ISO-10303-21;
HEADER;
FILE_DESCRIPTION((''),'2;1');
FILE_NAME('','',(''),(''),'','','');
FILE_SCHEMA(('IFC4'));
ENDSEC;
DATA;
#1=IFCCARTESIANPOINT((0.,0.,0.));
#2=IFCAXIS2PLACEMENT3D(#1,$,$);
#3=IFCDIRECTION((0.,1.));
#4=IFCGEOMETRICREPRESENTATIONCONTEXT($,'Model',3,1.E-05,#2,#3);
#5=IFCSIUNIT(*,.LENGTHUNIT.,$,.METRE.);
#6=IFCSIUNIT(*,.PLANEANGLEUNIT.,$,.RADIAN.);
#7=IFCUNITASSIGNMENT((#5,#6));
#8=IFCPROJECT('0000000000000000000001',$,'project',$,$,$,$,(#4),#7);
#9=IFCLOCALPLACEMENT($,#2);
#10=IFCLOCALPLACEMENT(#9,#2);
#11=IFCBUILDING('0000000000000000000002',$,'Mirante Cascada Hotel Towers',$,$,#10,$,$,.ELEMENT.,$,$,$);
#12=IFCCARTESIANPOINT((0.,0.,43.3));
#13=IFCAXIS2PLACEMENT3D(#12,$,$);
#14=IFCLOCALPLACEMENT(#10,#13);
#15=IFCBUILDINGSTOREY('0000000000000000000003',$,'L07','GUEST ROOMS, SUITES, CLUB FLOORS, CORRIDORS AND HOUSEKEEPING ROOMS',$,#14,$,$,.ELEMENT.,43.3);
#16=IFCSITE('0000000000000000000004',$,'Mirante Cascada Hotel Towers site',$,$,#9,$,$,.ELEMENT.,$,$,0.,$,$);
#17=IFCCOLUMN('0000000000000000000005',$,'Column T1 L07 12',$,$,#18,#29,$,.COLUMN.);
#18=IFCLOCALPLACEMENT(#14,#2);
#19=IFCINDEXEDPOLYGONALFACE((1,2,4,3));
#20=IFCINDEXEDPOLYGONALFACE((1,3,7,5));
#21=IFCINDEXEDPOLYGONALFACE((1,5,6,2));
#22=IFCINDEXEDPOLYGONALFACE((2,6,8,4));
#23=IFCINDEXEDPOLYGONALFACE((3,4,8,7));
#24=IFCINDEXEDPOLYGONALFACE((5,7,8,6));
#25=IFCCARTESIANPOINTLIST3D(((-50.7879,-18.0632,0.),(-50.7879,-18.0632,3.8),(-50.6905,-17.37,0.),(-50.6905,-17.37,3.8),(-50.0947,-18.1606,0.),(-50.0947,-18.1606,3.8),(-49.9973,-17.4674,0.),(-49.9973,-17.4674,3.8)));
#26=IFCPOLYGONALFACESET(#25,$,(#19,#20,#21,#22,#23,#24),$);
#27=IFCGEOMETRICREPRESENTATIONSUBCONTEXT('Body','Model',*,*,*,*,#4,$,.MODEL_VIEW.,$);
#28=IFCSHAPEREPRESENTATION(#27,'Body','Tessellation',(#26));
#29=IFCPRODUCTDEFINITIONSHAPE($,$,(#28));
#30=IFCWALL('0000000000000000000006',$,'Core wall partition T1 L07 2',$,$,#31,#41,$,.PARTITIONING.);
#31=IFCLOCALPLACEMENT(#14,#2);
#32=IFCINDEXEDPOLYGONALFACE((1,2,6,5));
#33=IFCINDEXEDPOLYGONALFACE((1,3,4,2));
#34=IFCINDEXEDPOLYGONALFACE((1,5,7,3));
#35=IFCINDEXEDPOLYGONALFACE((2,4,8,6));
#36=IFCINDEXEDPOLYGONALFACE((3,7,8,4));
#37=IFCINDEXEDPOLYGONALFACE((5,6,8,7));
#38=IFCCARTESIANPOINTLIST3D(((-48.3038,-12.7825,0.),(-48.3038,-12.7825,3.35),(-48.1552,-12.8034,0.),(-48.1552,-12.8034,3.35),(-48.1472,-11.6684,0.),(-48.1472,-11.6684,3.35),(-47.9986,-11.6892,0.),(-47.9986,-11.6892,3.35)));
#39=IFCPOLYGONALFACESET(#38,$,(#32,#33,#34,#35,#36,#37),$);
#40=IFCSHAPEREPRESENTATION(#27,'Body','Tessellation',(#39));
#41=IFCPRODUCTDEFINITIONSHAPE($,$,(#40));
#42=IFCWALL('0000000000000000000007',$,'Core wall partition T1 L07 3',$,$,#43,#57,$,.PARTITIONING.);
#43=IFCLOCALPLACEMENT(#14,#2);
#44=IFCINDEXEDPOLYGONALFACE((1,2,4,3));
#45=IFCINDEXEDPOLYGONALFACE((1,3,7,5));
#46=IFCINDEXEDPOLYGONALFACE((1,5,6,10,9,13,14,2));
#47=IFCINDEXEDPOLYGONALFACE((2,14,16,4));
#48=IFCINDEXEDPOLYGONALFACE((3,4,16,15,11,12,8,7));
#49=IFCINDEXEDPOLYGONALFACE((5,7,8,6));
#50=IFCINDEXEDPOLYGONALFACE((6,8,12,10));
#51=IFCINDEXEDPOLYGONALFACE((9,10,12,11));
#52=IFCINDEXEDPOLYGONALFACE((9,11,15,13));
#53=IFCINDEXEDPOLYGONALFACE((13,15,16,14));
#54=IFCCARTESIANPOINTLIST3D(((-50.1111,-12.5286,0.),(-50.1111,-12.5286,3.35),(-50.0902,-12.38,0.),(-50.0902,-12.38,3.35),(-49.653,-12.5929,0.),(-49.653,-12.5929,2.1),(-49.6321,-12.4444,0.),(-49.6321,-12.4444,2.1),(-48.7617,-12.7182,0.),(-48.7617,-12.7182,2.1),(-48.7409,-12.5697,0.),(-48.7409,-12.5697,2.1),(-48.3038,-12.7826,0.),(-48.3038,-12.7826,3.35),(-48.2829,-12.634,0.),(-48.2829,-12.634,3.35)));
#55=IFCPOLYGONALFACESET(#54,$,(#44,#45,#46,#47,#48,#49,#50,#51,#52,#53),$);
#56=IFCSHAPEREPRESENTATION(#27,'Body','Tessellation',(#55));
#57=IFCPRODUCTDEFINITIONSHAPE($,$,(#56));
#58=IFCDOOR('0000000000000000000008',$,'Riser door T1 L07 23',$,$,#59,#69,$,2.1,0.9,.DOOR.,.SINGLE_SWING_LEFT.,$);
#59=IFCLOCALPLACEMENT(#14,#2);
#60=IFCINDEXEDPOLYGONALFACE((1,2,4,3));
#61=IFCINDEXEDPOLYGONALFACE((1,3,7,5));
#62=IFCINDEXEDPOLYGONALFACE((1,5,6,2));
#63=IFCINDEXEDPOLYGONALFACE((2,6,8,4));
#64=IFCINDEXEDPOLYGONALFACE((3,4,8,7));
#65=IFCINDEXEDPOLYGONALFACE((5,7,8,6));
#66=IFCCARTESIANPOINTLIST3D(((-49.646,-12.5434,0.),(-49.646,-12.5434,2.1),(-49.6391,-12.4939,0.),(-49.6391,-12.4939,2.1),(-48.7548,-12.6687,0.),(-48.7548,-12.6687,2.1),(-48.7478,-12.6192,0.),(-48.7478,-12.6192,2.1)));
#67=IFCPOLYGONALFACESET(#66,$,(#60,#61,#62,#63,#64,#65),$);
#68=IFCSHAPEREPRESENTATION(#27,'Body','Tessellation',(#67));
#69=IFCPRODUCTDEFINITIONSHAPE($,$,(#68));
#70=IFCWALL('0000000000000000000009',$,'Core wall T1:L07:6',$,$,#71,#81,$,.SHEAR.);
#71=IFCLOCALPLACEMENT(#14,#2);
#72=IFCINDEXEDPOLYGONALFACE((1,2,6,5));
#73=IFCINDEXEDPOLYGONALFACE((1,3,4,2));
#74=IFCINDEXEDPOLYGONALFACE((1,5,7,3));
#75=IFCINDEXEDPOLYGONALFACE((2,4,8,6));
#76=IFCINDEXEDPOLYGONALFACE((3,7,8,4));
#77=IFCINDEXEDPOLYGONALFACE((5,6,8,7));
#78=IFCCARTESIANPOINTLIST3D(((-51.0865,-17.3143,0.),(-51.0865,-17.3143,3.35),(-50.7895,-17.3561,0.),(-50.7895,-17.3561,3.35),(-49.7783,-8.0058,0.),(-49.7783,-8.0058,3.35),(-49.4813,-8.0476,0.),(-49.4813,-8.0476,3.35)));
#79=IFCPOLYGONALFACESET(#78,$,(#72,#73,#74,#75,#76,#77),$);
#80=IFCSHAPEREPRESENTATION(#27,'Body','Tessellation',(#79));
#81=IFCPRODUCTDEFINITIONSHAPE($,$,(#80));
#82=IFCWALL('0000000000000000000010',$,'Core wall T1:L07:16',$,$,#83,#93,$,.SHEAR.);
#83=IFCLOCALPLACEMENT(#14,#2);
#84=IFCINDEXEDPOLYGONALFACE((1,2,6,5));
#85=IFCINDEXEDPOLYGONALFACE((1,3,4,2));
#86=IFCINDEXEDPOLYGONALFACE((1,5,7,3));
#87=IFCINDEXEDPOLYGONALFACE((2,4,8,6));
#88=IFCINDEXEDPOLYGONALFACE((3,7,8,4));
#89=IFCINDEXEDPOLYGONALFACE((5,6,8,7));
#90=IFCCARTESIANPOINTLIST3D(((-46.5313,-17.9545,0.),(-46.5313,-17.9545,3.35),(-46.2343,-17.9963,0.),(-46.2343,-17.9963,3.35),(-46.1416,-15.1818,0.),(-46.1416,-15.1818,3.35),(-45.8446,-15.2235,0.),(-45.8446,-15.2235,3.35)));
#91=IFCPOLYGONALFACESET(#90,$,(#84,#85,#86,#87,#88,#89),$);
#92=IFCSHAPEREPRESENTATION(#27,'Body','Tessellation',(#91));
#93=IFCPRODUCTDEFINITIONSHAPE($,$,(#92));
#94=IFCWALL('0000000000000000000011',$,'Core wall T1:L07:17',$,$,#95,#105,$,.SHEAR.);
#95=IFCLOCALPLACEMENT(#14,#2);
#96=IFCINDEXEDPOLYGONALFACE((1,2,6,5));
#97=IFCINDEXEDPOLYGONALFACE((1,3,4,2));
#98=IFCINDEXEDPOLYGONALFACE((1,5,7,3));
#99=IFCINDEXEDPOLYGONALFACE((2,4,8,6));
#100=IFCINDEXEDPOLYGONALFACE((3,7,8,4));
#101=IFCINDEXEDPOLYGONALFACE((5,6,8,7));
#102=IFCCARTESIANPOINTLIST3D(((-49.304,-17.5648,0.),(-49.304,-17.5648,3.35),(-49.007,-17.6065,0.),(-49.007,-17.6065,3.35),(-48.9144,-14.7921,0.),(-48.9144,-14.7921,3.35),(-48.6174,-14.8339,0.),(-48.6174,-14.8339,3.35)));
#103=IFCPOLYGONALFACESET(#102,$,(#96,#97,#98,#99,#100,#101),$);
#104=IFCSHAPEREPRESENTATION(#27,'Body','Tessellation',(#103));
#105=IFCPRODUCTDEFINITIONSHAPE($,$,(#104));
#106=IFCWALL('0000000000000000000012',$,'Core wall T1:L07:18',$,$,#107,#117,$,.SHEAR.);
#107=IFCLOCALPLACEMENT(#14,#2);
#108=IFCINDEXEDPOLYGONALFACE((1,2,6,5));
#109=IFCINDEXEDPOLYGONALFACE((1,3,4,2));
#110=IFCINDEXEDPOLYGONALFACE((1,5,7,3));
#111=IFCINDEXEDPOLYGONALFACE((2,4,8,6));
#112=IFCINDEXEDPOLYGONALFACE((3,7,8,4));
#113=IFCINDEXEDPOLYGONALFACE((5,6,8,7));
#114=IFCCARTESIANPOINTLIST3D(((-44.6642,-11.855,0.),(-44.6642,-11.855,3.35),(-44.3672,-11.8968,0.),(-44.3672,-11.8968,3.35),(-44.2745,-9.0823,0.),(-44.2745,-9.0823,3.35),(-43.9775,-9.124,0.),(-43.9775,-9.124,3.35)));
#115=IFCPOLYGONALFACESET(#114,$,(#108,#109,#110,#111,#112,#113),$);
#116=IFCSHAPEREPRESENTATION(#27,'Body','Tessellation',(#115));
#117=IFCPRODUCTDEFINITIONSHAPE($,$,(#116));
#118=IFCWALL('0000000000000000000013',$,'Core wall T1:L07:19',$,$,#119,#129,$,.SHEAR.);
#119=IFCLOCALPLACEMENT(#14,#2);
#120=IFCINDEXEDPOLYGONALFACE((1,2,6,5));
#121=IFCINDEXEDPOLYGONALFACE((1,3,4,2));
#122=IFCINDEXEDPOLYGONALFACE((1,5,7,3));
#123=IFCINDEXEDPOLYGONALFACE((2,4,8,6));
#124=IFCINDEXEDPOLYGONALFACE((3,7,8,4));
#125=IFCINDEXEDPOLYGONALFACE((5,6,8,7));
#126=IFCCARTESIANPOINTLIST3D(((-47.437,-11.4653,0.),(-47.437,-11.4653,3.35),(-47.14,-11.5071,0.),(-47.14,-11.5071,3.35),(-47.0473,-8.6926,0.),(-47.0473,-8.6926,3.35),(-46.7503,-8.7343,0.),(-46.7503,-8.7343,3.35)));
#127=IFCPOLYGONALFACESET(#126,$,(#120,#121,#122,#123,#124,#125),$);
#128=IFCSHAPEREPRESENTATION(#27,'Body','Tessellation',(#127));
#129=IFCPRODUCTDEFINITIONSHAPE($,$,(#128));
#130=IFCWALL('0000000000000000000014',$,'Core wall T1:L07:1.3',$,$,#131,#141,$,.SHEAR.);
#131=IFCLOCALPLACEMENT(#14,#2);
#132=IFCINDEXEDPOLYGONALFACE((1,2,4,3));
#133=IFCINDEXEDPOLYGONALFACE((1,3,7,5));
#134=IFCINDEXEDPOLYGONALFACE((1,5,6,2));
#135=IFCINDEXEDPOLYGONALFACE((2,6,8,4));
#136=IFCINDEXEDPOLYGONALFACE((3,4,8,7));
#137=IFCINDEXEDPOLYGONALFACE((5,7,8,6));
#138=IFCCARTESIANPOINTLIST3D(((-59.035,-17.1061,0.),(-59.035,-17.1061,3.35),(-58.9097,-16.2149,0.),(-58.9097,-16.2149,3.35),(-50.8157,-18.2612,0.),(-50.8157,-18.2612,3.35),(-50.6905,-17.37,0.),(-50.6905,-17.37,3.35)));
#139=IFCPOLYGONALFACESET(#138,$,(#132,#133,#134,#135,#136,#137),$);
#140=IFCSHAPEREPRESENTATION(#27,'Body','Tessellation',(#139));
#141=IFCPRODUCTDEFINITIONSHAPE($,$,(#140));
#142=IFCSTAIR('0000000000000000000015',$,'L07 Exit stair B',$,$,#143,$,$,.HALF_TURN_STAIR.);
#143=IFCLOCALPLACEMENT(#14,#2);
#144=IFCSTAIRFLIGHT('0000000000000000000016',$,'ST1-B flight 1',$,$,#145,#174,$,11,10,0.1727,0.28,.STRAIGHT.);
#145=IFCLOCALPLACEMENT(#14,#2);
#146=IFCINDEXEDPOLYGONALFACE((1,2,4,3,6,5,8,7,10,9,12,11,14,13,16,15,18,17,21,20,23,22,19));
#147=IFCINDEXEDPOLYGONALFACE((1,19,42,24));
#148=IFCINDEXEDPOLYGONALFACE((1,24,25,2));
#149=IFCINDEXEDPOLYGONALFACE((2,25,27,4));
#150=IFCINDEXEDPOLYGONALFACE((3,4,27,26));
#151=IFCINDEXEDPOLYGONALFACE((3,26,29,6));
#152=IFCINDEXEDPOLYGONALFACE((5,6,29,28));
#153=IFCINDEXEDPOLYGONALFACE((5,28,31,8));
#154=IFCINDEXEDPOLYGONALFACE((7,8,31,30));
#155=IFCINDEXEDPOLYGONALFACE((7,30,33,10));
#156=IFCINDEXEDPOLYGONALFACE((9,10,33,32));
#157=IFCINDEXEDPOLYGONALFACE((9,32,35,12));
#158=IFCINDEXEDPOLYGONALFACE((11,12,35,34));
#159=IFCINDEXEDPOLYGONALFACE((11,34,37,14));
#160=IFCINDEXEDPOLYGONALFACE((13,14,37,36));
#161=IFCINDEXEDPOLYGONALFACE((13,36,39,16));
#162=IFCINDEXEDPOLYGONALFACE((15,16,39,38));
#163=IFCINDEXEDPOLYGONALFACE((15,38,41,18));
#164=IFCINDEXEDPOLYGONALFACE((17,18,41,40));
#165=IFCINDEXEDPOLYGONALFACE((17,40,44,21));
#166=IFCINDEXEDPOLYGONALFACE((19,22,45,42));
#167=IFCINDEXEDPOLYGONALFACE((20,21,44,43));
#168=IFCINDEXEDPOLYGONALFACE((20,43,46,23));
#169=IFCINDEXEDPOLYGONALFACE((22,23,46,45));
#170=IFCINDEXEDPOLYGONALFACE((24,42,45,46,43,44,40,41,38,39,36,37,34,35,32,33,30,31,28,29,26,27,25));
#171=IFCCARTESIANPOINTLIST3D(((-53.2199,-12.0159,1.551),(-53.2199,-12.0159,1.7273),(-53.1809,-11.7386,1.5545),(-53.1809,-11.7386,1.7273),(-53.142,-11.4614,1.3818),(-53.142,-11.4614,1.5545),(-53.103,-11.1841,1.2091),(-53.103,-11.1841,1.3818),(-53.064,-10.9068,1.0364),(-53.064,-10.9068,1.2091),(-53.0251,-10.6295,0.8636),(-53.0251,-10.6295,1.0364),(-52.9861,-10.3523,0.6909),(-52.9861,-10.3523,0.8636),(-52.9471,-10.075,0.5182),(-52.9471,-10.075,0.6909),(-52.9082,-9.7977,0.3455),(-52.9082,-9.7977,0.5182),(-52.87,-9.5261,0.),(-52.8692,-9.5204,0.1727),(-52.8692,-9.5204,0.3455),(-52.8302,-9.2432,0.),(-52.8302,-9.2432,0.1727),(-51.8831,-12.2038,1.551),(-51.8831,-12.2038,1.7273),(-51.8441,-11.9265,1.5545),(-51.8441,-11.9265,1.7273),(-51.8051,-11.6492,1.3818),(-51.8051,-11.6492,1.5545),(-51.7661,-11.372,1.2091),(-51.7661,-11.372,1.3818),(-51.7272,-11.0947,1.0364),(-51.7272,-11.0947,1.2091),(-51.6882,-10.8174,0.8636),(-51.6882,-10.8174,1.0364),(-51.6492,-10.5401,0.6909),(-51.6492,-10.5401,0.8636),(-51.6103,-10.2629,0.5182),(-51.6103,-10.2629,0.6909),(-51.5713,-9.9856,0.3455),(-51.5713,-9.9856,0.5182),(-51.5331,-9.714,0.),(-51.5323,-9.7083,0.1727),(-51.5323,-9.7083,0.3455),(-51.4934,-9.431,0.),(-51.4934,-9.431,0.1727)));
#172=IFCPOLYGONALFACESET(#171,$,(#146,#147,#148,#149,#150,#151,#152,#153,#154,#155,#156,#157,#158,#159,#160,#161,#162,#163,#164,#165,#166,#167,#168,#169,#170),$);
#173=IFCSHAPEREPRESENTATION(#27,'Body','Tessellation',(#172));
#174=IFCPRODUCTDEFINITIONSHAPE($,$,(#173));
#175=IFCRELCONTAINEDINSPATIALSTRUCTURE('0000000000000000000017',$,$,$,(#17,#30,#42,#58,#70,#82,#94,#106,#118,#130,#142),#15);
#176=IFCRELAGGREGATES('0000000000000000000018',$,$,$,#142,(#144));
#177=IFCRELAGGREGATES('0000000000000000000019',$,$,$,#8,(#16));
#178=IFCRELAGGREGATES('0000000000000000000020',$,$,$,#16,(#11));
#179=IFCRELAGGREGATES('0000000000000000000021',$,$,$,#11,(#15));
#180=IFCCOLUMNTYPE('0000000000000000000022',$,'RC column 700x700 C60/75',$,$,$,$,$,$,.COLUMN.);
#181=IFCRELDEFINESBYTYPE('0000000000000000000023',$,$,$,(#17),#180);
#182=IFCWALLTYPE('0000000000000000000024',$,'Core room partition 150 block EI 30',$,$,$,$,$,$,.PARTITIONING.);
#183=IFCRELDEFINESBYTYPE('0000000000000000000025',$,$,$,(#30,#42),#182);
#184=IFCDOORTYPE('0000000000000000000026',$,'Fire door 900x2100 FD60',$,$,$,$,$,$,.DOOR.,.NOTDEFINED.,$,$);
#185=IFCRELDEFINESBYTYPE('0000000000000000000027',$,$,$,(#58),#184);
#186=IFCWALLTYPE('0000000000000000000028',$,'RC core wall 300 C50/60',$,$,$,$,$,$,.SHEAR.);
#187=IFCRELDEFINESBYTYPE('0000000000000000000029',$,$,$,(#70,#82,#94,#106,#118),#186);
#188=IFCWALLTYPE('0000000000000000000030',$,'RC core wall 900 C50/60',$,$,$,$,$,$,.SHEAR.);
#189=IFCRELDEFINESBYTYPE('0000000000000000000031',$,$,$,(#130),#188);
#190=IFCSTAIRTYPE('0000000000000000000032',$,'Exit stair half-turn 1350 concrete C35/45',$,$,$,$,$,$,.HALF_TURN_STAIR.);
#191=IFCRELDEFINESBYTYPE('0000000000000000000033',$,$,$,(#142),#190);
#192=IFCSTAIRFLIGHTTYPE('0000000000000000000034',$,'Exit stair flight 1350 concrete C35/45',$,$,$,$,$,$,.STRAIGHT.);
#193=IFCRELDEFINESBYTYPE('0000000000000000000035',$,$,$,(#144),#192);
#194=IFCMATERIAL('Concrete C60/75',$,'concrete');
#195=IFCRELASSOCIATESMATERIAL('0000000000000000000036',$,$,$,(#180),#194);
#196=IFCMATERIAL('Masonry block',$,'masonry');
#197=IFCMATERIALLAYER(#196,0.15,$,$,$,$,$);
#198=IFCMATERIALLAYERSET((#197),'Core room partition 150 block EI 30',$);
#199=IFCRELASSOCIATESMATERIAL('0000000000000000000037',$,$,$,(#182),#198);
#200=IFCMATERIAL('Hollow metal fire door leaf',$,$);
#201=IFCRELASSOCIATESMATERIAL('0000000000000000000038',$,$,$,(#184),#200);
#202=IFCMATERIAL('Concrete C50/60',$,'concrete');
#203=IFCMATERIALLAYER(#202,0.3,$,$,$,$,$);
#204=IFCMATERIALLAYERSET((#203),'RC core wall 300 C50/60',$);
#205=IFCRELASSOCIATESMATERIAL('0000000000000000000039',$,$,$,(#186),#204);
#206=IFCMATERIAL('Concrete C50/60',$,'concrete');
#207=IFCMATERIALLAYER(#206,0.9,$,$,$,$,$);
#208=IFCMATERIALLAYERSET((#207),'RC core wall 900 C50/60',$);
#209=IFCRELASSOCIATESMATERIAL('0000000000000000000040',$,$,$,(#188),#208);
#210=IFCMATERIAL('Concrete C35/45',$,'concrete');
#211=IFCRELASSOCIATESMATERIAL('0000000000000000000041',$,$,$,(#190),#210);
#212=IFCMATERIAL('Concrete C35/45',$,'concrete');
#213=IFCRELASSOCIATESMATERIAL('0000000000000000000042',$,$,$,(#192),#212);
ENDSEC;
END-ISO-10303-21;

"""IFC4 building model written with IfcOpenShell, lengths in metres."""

from ifc_helpers import new_model, si_unit, direction, frame, frame_2d, origin, origin_2d, place, context, subcontext, project, spatial, polyline, rectangle, outline, extrude, material, layer, layer_set, material_profile, profile_set, type_object, element, fill, aggregate, save


model = new_model("IFC4")

# Units and contexts
model_context = context("Model", 3, precision=1e-05, world=origin(), true_north=direction((0.0, 1.0)))
body_context = subcontext(model_context, "Body", "Model", "MODEL_VIEW")
ifc_project = project(units=[si_unit("LENGTHUNIT", "METRE"), si_unit("PLANEANGLEUNIT", "RADIAN")], contexts=[model_context])

# Site, building, storey
site_placement = place(None, origin())
site = spatial("IfcSite", under=ifc_project, at=site_placement, Name="Mirante Cascada Hotel Towers site", CompositionType="ELEMENT", RefElevation=0.0)
building_placement = place(site_placement, origin())
building = spatial("IfcBuilding", under=site, at=building_placement, Name="Mirante Cascada Hotel Towers", CompositionType="ELEMENT")
storey_placement = place(building_placement, frame((0.0, 0.0, 43.3)))
storey = spatial("IfcBuildingStorey", under=building, at=storey_placement, Name="L07", Description="GUEST ROOMS, SUITES, CLUB FLOORS, CORRIDORS AND HOUSEKEEPING ROOMS", CompositionType="ELEMENT", Elevation=43.3)

# Column
ifc_material_1 = material(Name="Concrete C60/75", Category="concrete")
ifc_material_profile = material_profile(ifc_material_1, rectangle(XDim=0.7, YDim=0.7, at=origin_2d()), Name="RC column 700x700 C60/75")
ifc_profile_set = profile_set([ifc_material_profile], Name="Concrete C60/75")
column_type = type_object("IfcColumnType", Name="RC column 700x700 C60/75", PredefinedType="COLUMN", material=ifc_profile_set)
column_placement = place(storey_placement, frame((-50.3926, -17.7653, 0.0), z_axis=(0.0, 0.0, 1.0), x_axis=(-0.990268, 0.139173, 0.0)))
element("IfcColumn", 1, at=column_placement, inside=storey, type_object=column_type, Name="Column T1 L07 12", PredefinedType="COLUMN", context=body_context, shape_type="SweptSolid", body=[
    extrude(rectangle(XDim=0.7, YDim=0.7, at=origin_2d()), origin(), (0.0, 0.0, 1.0), 3.8),
])

# Wall
ifc_material_2 = material(Name="Masonry block", Category="masonry")
ifc_layer_1 = layer(ifc_material_2, 0.15)
ifc_layer_set_1 = layer_set([ifc_layer_1], Name="Core room partition 150 block EI 30")
wall_type_1 = type_object("IfcWallType", Name="Core room partition 150 block EI 30", PredefinedType="PARTITIONING", material=ifc_layer_set_1)
wall_1_placement = place(storey_placement, frame((-48.2295, -12.793, 0.0), z_axis=(0.0, 0.0, 1.0), x_axis=(0.139193, 0.990265, 0.0)))
element("IfcWall", 2, at=wall_1_placement, inside=storey, type_object=wall_type_1, Name="Core wall partition T1 L07 2", PredefinedType="PARTITIONING", context=body_context, shape_type="SweptSolid", body=[
    extrude(rectangle(XDim=1.1251, YDim=0.15, at=frame_2d((0.5626, 0.0))), origin(), (0.0, 0.0, 1.0), 3.35),
])

# Wall, opening, door
wall_2_placement = place(storey_placement, frame((-48.2933, -12.7083, 0.0), z_axis=(0.0, 0.0, 1.0), x_axis=(-0.990268, 0.139173, 0.0)))
wall_2 = element("IfcWall", 3, at=wall_2_placement, inside=storey, type_object=wall_type_1, Name="Core wall partition T1 L07 3", PredefinedType="PARTITIONING", context=body_context, shape_type="SweptSolid", body=[
    extrude(rectangle(XDim=1.8251, YDim=0.15, at=frame_2d((0.9126, 0.0))), origin(), (0.0, 0.0, 1.0), 3.35),
])
opening_1_placement = place(wall_2_placement, frame((0.4625, 0.0, 0.0)))
opening_1 = element("IfcOpeningElement", 4, at=opening_1_placement, cuts=wall_2, PredefinedType="OPENING", context=body_context, shape_type="SweptSolid", body=[
    extrude(rectangle(XDim=0.9, YDim=2.1, at=frame_2d((0.45, 1.05))), frame((0.0, 0.075, 0.0), z_axis=(0.0, -1.0, 0.0), x_axis=(1.0, 0.0, 0.0)), (0.0, 0.0, 1.0), 0.15),
])
ifc_material_3 = material(Name="Hollow metal fire door leaf")
door_type_1 = type_object("IfcDoorType", Name="Fire door 900x2100 FD60", OperationType="NOTDEFINED", PredefinedType="DOOR", material=ifc_material_3)
door_1_placement = place(opening_1_placement, origin())
door_1 = element("IfcDoor", 5, at=door_1_placement, inside=storey, type_object=door_type_1, Name="Riser door T1 L07 23", OperationType="SINGLE_SWING_LEFT", OverallHeight=2.1, OverallWidth=0.9, PredefinedType="DOOR", context=body_context, shape_type="SweptSolid", body=[
    extrude(rectangle(XDim=0.9, YDim=2.1, at=frame_2d((0.45, 1.05))), frame((0.0, 0.025, 0.0), z_axis=(0.0, -1.0, 0.0), x_axis=(1.0, 0.0, 0.0)), (0.0, 0.0, 1.0), 0.05),
])
fill(opening_1, door_1)

# Walls
ifc_material_4 = material(Name="Concrete C50/60", Category="concrete")
ifc_layer_2 = layer(ifc_material_4, 0.3)
ifc_layer_set_2 = layer_set([ifc_layer_2], Name="RC core wall 300 C50/60")
wall_type_2 = type_object("IfcWallType", Name="RC core wall 300 C50/60", PredefinedType="SHEAR", material=ifc_layer_set_2)
wall_3_placement = place(storey_placement, frame((-50.938, -17.3352, 0.0), z_axis=(0.0, 0.0, 1.0), x_axis=(0.139171, 0.990268, 0.0)))
element("IfcWall", 6, at=wall_3_placement, inside=storey, type_object=wall_type_2, Name="Core wall T1:L07:6", PredefinedType="SHEAR", context=body_context, shape_type="SweptSolid", body=[
    extrude(rectangle(XDim=9.4, YDim=0.3, at=frame_2d((4.7, 0.0))), origin(), (0.0, 0.0, 1.0), 3.35),
])
wall_4_placement = place(storey_placement, frame((-46.3828, -17.9754, 0.0), z_axis=(0.0, 0.0, 1.0), x_axis=(0.139181, 0.990267, 0.0)))
element("IfcWall", 7, at=wall_4_placement, inside=storey, type_object=wall_type_2, Name="Core wall T1:L07:16", PredefinedType="SHEAR", context=body_context, shape_type="SweptSolid", body=[
    extrude(rectangle(XDim=2.8, YDim=0.3, at=frame_2d((1.4, 0.0))), origin(), (0.0, 0.0, 1.0), 3.35),
])
wall_5_placement = place(storey_placement, frame((-49.1555, -17.5857, 0.0), z_axis=(0.0, 0.0, 1.0), x_axis=(0.139146, 0.990272, 0.0)))
element("IfcWall", 8, at=wall_5_placement, inside=storey, type_object=wall_type_2, Name="Core wall T1:L07:17", PredefinedType="SHEAR", context=body_context, shape_type="SweptSolid", body=[
    extrude(rectangle(XDim=2.7999, YDim=0.3, at=frame_2d((1.4, 0.0))), origin(), (0.0, 0.0, 1.0), 3.35),
])
for number, where, z_axis, x_axis, name in (
    (9, (-44.5157, -11.8759, 0.0), (0.0, 0.0, 1.0), (0.139181, 0.990267, 0.0), "Core wall T1:L07:18"),
    (10, (-47.2885, -11.4862, 0.0), (0.0, 0.0, 1.0), (0.139181, 0.990267, 0.0), "Core wall T1:L07:19"),
):
    element("IfcWall", number, at=place(storey_placement, frame(where, z_axis=z_axis, x_axis=x_axis)), inside=storey, type_object=wall_type_2, Name=name, PredefinedType="SHEAR", context=body_context, shape_type="SweptSolid", body=[
        extrude(rectangle(XDim=2.8, YDim=0.3, at=frame_2d((1.4, 0.0))), origin(), (0.0, 0.0, 1.0), 3.35),
    ])

# Wall
ifc_material_5 = material(Name="Concrete C50/60", Category="concrete")
ifc_layer_3 = layer(ifc_material_5, 0.9)
ifc_layer_set_3 = layer_set([ifc_layer_3], Name="RC core wall 900 C50/60")
wall_type_3 = type_object("IfcWallType", Name="RC core wall 900 C50/60", PredefinedType="SHEAR", material=ifc_layer_set_3)
wall_6_placement = place(storey_placement, frame((-50.7531, -17.8156, 0.0), z_axis=(0.0, 0.0, 1.0), x_axis=(-0.990269, 0.139169, 0.0)))
element("IfcWall", 11, at=wall_6_placement, inside=storey, type_object=wall_type_3, Name="Core wall T1:L07:1.3", PredefinedType="SHEAR", context=body_context, shape_type="SweptSolid", body=[
    extrude(rectangle(XDim=8.3, YDim=0.9, at=frame_2d((4.15, 0.0))), origin(), (0.0, 0.0, 1.0), 3.35),
])

# Stair, stair flight
ifc_material_6 = material(Name="Concrete C35/45", Category="concrete")
stair_type = type_object("IfcStairType", Name="Exit stair half-turn 1350 concrete C35/45", PredefinedType="HALF_TURN_STAIR", material=ifc_material_6)
stair_placement = place(storey_placement, origin())
stair = element("IfcStair", 12, at=stair_placement, inside=storey, type_object=stair_type, Name="L07 Exit stair B", PredefinedType="HALF_TURN_STAIR")
ifc_material_7 = material(Name="Concrete C35/45", Category="concrete")
stair_flight_type = type_object("IfcStairFlightType", Name="Exit stair flight 1350 concrete C35/45", PredefinedType="STRAIGHT", material=ifc_material_7)
stair_flight_1_placement = place(storey_placement, frame((-52.1618, -9.3371, 0.0), z_axis=(0.0, 0.0, 1.0), x_axis=(-0.139173, -0.990268, 0.0)))
stair_flight_1 = element("IfcStairFlight", 13, at=stair_flight_1_placement, type_object=stair_flight_type, Name="ST1-B flight 1", NumberOfRisers=11, NumberOfTreads=10, PredefinedType="STRAIGHT", RiserHeight=0.1727, TreadLength=0.28, context=body_context, shape_type="SweptSolid", body=[
    extrude(outline(polyline([(0.0, 0.0), (0.0, 0.1727), (0.28, 0.1727), (0.28, 0.3455), (0.56, 0.3455), (0.56, 0.5182), (0.84, 0.5182), (0.84, 0.6909), (1.12, 0.6909), (1.12, 0.8636), (1.4, 0.8636), (1.4, 1.0364), (1.68, 1.0364), (1.68, 1.2091), (1.96, 1.2091), (1.96, 1.3818), (2.24, 1.3818), (2.24, 1.5545), (2.52, 1.5545), (2.52, 1.7273), (2.8, 1.7273), (2.8, 1.9), (2.8, 1.551), (0.2857, 0.0), (0.0, 0.0)])), frame((0.0, 0.675, 0.0), z_axis=(0.0, -1.0, 0.0), x_axis=(1.0, 0.0, 0.0)), (0.0, 0.0, 1.0), 1.35),
])
aggregate(stair, [stair_flight_1])

save(model, "model.ifc")
